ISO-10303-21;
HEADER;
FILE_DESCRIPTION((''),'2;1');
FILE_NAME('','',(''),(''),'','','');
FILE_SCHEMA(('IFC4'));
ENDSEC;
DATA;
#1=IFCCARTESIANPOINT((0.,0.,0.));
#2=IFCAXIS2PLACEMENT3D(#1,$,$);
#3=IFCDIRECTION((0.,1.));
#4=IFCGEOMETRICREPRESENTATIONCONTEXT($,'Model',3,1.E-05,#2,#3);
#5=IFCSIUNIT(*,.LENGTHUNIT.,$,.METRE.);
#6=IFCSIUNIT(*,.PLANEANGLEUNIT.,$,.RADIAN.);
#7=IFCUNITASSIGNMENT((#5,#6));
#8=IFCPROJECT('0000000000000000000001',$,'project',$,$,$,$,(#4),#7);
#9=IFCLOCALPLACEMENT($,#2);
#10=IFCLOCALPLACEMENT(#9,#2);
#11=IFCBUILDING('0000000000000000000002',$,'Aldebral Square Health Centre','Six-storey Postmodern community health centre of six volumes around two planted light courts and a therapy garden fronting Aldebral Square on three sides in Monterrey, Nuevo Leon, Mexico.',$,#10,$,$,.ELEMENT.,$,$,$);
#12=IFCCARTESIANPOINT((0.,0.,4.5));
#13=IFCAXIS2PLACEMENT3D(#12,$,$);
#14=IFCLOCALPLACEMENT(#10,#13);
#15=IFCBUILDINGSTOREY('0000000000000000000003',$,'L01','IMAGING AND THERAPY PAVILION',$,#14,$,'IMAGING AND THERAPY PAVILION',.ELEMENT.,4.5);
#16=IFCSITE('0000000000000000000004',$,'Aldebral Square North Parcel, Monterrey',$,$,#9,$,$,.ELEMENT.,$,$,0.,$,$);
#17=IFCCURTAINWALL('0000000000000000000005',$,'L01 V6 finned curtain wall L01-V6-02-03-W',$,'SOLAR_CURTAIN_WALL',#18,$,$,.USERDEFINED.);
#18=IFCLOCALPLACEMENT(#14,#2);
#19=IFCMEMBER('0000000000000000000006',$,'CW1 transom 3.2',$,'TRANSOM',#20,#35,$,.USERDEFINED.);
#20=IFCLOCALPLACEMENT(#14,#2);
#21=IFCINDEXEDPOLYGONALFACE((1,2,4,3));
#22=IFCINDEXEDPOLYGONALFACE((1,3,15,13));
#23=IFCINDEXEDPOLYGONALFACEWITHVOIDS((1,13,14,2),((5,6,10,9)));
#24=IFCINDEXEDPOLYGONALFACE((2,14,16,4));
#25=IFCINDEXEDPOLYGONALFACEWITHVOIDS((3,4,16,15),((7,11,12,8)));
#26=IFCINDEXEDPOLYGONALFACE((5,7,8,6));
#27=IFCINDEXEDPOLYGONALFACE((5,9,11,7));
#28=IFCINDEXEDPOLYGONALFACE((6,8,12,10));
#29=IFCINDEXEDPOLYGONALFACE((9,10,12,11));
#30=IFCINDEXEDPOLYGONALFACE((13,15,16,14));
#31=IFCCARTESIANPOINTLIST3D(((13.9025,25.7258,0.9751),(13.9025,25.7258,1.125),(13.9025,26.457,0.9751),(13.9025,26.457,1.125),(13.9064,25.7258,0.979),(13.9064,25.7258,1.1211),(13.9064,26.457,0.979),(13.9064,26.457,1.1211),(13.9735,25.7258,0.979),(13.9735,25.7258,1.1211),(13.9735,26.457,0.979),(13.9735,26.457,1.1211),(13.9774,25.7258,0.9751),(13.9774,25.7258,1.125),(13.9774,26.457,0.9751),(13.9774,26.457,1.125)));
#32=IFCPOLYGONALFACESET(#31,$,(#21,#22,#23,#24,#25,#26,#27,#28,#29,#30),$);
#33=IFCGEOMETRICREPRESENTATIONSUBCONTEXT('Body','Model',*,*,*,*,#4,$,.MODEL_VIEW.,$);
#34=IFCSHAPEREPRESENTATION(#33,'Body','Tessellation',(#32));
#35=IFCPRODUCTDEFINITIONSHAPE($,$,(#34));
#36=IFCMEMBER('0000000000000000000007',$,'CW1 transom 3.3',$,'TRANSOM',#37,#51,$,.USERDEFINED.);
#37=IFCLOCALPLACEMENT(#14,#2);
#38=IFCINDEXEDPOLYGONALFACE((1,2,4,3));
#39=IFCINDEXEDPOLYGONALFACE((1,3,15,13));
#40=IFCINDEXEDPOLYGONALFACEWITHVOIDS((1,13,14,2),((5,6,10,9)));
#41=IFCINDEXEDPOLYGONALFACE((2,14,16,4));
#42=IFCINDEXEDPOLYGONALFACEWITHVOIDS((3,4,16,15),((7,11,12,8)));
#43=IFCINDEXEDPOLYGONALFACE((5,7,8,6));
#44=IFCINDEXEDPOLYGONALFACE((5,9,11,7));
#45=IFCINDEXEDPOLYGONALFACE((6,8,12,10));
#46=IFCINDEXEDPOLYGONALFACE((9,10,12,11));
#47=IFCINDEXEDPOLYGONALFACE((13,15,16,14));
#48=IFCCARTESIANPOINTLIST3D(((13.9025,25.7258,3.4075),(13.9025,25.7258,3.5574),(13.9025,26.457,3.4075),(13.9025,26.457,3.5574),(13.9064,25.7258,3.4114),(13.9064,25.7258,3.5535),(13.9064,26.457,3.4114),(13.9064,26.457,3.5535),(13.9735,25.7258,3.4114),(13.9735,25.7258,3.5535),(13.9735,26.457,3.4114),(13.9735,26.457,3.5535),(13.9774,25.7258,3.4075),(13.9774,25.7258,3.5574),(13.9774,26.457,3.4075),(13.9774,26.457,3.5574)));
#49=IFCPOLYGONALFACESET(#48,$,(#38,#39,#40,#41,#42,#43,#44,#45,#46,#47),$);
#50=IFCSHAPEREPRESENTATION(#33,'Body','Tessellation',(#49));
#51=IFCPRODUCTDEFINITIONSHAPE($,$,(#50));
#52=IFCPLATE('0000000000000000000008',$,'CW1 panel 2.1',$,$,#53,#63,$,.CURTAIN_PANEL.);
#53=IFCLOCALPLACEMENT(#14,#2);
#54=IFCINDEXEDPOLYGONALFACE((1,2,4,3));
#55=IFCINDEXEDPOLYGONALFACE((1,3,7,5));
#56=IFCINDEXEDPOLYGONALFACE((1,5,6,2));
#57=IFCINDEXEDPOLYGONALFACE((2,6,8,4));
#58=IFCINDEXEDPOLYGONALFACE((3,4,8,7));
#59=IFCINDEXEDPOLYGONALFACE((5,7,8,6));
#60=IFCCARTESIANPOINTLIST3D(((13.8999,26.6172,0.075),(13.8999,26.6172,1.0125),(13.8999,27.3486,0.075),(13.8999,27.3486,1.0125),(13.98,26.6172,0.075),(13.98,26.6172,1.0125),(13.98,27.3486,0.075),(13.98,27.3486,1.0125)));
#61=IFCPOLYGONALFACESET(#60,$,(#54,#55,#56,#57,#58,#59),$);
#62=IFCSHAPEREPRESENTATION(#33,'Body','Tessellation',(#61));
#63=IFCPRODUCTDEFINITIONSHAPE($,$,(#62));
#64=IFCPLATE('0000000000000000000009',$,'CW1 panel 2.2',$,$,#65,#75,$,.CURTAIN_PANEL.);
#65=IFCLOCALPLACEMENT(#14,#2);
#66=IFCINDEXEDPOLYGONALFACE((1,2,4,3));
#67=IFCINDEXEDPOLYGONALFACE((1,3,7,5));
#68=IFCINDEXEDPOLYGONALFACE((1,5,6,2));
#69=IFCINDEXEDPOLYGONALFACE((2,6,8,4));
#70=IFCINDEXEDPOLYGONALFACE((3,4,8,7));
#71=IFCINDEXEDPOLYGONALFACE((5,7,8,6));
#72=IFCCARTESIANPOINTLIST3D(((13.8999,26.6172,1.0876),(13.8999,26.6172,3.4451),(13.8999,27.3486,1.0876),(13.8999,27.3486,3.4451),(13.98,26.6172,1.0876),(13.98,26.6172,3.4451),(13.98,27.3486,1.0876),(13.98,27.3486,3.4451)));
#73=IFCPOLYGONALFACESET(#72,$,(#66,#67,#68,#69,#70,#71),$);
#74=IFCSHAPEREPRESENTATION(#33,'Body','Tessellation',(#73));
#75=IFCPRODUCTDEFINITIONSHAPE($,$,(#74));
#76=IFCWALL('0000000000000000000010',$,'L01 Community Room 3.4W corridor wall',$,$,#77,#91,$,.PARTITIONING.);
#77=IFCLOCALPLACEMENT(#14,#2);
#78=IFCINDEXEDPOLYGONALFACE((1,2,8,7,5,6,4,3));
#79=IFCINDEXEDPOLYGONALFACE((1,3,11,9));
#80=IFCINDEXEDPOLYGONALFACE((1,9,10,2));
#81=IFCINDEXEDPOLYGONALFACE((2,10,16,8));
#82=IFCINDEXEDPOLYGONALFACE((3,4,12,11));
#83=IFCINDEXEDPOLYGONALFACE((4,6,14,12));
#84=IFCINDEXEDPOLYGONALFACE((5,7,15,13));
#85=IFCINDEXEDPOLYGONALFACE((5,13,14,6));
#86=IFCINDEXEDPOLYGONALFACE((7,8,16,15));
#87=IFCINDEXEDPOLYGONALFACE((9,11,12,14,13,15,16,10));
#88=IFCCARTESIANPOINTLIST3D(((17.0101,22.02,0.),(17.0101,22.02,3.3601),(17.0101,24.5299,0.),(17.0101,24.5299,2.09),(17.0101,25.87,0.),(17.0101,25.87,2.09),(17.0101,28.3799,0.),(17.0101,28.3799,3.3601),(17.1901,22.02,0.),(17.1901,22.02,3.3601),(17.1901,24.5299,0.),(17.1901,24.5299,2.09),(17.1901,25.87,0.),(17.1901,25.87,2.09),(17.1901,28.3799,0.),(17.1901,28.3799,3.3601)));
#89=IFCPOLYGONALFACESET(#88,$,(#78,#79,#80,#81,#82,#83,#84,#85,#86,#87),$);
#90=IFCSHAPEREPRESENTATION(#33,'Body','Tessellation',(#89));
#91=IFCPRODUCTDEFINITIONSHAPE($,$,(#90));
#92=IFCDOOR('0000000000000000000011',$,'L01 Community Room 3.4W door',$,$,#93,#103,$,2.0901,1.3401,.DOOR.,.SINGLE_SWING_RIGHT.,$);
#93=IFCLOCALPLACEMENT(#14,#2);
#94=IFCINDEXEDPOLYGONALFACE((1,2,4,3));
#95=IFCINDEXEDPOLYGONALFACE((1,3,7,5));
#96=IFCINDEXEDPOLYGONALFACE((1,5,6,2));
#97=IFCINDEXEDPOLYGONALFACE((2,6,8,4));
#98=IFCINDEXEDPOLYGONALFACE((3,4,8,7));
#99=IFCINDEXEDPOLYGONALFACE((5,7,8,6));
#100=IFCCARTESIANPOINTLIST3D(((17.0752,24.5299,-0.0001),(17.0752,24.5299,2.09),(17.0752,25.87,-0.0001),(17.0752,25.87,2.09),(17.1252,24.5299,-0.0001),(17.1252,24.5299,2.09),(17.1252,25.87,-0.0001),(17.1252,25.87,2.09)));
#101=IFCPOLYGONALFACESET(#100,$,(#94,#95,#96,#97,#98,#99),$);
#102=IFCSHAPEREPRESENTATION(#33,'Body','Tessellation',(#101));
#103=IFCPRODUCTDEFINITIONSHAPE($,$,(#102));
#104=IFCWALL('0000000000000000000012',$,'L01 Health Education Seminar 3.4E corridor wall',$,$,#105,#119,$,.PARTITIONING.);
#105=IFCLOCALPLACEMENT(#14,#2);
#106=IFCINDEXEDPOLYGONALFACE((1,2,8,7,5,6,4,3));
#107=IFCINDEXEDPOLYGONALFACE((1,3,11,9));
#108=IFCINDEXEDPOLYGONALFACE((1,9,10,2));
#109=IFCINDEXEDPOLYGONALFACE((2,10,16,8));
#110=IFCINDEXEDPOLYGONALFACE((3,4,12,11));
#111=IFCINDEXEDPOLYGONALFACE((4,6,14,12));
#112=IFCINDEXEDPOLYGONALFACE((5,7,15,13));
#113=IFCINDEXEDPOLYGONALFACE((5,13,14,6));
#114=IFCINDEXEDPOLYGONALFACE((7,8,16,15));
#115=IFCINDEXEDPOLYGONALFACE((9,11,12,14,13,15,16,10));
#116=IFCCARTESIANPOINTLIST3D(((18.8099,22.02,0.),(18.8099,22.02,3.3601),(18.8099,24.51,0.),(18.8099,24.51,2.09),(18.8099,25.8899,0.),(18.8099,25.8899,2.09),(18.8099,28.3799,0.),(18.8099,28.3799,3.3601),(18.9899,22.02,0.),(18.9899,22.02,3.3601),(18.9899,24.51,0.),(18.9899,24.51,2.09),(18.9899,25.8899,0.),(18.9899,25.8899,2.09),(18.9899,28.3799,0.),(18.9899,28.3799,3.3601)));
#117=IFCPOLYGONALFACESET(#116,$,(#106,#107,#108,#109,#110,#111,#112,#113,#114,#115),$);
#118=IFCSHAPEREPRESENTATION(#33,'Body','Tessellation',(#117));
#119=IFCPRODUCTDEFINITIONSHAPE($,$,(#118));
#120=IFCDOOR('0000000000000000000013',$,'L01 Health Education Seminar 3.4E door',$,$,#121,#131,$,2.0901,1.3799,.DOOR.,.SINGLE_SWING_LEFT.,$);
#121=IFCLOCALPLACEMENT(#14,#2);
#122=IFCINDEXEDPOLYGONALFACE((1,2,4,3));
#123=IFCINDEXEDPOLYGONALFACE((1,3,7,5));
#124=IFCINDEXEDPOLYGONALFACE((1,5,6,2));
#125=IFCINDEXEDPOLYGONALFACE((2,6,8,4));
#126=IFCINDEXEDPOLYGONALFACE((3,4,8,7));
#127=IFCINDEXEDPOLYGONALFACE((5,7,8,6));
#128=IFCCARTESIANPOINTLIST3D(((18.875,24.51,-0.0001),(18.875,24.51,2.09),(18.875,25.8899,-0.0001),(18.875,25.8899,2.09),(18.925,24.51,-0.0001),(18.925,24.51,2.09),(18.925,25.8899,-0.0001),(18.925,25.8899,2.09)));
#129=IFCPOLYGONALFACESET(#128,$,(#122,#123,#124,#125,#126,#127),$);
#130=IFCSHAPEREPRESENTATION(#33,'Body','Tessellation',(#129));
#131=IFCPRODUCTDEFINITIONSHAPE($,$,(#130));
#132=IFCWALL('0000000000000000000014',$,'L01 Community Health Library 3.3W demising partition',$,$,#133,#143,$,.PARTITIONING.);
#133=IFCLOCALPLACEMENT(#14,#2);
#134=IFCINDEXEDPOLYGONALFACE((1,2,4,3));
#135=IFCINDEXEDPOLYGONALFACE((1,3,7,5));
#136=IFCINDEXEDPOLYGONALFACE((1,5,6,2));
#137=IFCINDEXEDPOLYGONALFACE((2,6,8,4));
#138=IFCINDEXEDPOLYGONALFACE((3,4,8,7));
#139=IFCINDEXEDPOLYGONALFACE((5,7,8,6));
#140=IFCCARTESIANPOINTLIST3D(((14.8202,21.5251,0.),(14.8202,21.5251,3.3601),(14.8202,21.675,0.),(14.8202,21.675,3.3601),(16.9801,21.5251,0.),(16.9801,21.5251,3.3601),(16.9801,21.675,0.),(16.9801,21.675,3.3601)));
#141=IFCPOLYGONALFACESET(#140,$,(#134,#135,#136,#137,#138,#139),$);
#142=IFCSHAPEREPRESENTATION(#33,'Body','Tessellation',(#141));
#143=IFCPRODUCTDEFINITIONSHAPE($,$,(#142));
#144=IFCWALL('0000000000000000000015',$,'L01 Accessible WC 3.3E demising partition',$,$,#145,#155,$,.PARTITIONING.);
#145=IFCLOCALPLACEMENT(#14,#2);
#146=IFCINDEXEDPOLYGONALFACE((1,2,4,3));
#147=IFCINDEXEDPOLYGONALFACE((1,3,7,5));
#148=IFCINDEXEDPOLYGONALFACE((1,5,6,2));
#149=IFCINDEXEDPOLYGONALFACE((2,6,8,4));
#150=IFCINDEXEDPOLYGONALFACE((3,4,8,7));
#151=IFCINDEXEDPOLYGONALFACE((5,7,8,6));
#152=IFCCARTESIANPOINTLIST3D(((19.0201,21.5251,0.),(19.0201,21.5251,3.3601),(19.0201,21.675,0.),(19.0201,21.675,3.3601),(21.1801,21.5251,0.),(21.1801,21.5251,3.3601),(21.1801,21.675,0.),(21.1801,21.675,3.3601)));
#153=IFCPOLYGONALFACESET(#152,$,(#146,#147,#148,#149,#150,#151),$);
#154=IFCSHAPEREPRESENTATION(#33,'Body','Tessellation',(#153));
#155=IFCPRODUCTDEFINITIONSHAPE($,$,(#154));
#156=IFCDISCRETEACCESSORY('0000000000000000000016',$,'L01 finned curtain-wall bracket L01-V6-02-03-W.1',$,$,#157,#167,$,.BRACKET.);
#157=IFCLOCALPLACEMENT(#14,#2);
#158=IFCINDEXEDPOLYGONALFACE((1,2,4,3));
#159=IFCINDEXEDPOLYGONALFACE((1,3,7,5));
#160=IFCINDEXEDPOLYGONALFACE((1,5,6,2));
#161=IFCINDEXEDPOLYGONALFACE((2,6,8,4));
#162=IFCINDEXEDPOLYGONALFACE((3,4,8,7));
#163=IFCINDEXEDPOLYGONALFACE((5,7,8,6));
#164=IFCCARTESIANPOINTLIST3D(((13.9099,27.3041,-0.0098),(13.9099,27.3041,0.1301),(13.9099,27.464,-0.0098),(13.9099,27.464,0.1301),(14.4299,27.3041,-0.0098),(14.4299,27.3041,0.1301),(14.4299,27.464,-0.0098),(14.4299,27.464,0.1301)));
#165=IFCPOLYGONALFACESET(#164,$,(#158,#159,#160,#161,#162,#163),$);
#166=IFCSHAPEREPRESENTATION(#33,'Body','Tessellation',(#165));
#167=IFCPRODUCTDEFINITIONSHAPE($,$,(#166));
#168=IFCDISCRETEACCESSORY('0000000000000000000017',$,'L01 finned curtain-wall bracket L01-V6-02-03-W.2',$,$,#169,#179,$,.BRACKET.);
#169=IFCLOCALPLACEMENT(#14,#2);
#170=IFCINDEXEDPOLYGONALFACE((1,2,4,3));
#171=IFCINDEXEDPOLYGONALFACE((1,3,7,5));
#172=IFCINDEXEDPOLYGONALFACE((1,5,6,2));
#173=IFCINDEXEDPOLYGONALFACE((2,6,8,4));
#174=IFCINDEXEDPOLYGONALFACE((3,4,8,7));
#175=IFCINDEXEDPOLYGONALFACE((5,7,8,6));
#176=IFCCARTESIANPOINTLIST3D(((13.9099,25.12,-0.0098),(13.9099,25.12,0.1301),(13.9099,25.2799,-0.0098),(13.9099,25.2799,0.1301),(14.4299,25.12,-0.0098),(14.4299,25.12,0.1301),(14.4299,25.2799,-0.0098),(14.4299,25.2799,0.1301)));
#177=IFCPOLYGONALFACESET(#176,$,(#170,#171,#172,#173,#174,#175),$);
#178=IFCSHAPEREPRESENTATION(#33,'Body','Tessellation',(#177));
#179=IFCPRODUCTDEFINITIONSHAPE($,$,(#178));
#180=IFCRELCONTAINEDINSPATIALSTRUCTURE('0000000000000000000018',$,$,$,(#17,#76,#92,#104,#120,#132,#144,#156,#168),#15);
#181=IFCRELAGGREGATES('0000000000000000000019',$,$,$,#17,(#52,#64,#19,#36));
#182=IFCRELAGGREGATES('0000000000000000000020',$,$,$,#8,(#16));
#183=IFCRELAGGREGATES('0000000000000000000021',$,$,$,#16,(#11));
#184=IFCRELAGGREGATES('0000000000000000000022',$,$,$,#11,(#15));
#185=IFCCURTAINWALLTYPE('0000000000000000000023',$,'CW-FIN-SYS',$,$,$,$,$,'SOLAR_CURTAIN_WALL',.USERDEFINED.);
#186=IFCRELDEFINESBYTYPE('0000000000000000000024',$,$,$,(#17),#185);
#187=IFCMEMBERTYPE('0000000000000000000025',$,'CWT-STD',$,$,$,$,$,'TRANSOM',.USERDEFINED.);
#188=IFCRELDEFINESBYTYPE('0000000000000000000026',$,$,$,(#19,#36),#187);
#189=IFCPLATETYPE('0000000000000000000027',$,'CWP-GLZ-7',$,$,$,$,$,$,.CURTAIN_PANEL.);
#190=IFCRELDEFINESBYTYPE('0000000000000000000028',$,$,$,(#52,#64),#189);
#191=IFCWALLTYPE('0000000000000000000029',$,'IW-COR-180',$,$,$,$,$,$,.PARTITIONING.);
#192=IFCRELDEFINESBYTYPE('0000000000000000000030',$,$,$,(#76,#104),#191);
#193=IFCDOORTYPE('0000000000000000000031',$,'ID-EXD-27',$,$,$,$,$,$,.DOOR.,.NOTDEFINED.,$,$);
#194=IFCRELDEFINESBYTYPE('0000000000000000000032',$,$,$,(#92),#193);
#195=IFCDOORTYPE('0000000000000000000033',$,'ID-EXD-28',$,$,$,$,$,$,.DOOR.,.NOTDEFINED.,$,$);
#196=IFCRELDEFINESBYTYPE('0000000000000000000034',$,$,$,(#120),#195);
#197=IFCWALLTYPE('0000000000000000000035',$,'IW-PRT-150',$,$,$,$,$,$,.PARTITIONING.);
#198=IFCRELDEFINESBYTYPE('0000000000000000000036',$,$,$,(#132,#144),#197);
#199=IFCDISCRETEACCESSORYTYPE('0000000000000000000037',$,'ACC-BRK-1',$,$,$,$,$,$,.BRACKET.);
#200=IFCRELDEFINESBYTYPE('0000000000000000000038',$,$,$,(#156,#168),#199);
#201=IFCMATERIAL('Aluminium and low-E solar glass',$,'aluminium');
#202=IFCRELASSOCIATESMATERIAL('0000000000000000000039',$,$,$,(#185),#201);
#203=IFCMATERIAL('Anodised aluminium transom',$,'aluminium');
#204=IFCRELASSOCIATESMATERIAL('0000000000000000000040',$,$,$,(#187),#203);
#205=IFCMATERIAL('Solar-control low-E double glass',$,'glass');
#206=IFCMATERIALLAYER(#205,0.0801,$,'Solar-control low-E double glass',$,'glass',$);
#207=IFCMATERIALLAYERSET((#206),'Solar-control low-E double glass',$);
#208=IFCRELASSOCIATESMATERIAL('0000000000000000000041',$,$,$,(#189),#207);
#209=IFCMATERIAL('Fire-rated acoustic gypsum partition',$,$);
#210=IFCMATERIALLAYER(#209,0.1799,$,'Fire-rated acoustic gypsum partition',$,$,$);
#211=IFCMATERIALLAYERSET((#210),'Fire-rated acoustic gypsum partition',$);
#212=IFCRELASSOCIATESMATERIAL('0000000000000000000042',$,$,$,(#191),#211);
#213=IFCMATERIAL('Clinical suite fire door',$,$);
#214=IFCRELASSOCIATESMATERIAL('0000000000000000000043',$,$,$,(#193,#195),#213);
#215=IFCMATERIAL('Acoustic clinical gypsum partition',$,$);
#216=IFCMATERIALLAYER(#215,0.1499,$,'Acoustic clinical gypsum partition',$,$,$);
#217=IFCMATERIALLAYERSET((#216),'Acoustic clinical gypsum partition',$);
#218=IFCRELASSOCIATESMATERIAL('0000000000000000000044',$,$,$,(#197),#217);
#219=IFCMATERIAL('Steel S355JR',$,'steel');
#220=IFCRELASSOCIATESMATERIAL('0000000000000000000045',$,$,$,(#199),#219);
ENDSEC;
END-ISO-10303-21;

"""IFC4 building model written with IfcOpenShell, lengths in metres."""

from ifc_helpers import new_model, si_unit, direction, frame, frame_2d, origin, origin_2d, place, context, subcontext, project, spatial, rectangle, hollow_rectangle, extrude, material, layer, layer_set, material_profile, profile_set, type_object, element, fill, aggregate, save


model = new_model("IFC4")

# Units and contexts
model_context = context("Model", 3, precision=1e-05, world=origin(), true_north=direction((0.0, 1.0)))
body_context = subcontext(model_context, "Body", "Model", "MODEL_VIEW")
ifc_project = project(units=[si_unit("LENGTHUNIT", "METRE"), si_unit("PLANEANGLEUNIT", "RADIAN")], contexts=[model_context])

# Site, building, storey
site_placement = place(None, origin())
site = spatial("IfcSite", under=ifc_project, at=site_placement, Name="Aldebral Square North Parcel, Monterrey", CompositionType="ELEMENT", RefElevation=0.0)
building_placement = place(site_placement, origin())
building = spatial("IfcBuilding", under=site, at=building_placement, Name="Aldebral Square Health Centre", Description="Six-storey Postmodern community health centre of six volumes around two planted light courts and a therapy garden fronting Aldebral Square on three sides in Monterrey, Nuevo Leon, Mexico.", CompositionType="ELEMENT")
storey_placement = place(building_placement, frame((0.0, 0.0, 4.5)))
storey = spatial("IfcBuildingStorey", under=building, at=storey_placement, Name="L01", Description="IMAGING AND THERAPY PAVILION", LongName="IMAGING AND THERAPY PAVILION", CompositionType="ELEMENT", Elevation=4.5)

# Curtain wall, members, plates
ifc_material_1 = material(Name="Aluminium and low-E solar glass", Category="aluminium")
curtain_wall_type = type_object("IfcCurtainWallType", Name="CW-FIN-SYS", ElementType="SOLAR_CURTAIN_WALL", PredefinedType="USERDEFINED", material=ifc_material_1)
curtain_wall_placement = place(storey_placement, origin())
curtain_wall = element("IfcCurtainWall", 1, at=curtain_wall_placement, inside=storey, type_object=curtain_wall_type, Name="L01 V6 finned curtain wall L01-V6-02-03-W", ObjectType="SOLAR_CURTAIN_WALL", PredefinedType="USERDEFINED")
ifc_material_2 = material(Name="Anodised aluminium transom", Category="aluminium")
ifc_material_profile_1 = material_profile(ifc_material_2, hollow_rectangle(XDim=0.075, YDim=0.1499, WallThickness=0.0039, at=origin_2d()), Name="CWT 75x150x4")
ifc_profile_set_1 = profile_set([ifc_material_profile_1], Name="Anodised aluminium transom")
member_type_1 = type_object("IfcMemberType", Name="CWT-STD", ElementType="TRANSOM", PredefinedType="USERDEFINED", material=ifc_profile_set_1)
member_1_placement = place(storey_placement, frame((13.9399, 26.457, 1.05), z_axis=(0.0, -1.0, 0.0), x_axis=(1.0, 0.0, 0.0)))
member_1 = element("IfcMember", 2, at=member_1_placement, type_object=member_type_1, Name="CW1 transom 3.2", ObjectType="TRANSOM", PredefinedType="USERDEFINED", context=body_context, shape_type="SweptSolid", body=[
    extrude(hollow_rectangle(XDim=0.075, YDim=0.1499, WallThickness=0.0039, at=origin_2d()), origin(), (0.0, 0.0, 1.0), 0.7312),
])
member_2_placement = place(storey_placement, frame((13.9399, 26.457, 3.4824), z_axis=(0.0, -1.0, 0.0), x_axis=(1.0, 0.0, 0.0)))
member_2 = element("IfcMember", 3, at=member_2_placement, type_object=member_type_1, Name="CW1 transom 3.3", ObjectType="TRANSOM", PredefinedType="USERDEFINED", context=body_context, shape_type="SweptSolid", body=[
    extrude(hollow_rectangle(XDim=0.075, YDim=0.1499, WallThickness=0.0039, at=origin_2d()), origin(), (0.0, 0.0, 1.0), 0.7312),
])
ifc_material_3 = material(Name="Solar-control low-E double glass", Category="glass")
ifc_layer_1 = layer(ifc_material_3, 0.0801, Name="Solar-control low-E double glass", Category="glass")
ifc_layer_set_1 = layer_set([ifc_layer_1], Name="Solar-control low-E double glass")
plate_type = type_object("IfcPlateType", Name="CWP-GLZ-7", PredefinedType="CURTAIN_PANEL", material=ifc_layer_set_1)
plate_1_placement = place(storey_placement, frame((13.9399, 26.9829, 0.075), z_axis=(0.0, 0.0, 1.0), x_axis=(0.0, -1.0, 0.0)))
plate_1 = element("IfcPlate", 4, at=plate_1_placement, type_object=plate_type, Name="CW1 panel 2.1", PredefinedType="CURTAIN_PANEL", context=body_context, shape_type="SweptSolid", body=[
    extrude(rectangle(XDim=0.7314, YDim=0.0801, at=origin_2d()), origin(), (0.0, 0.0, 1.0), 0.9375),
])
plate_2_placement = place(storey_placement, frame((13.9399, 26.9829, 1.0876), z_axis=(0.0, 0.0, 1.0), x_axis=(0.0, -1.0, 0.0)))
plate_2 = element("IfcPlate", 5, at=plate_2_placement, type_object=plate_type, Name="CW1 panel 2.2", PredefinedType="CURTAIN_PANEL", context=body_context, shape_type="SweptSolid", body=[
    extrude(rectangle(XDim=0.7314, YDim=0.0801, at=origin_2d()), origin(), (0.0, 0.0, 1.0), 2.3574),
])
aggregate(curtain_wall, [plate_1, plate_2, member_1, member_2])

# Walls, openings, doors
ifc_material_4 = material(Name="Fire-rated acoustic gypsum partition")
ifc_layer_2 = layer(ifc_material_4, 0.1799, Name="Fire-rated acoustic gypsum partition")
ifc_layer_set_2 = layer_set([ifc_layer_2], Name="Fire-rated acoustic gypsum partition")
wall_type_1 = type_object("IfcWallType", Name="IW-COR-180", PredefinedType="PARTITIONING", material=ifc_layer_set_2)
wall_1_placement = place(storey_placement, frame((17.1001, 22.02, 0.0), z_axis=(0.0, 0.0, 1.0), x_axis=(0.0, 1.0, 0.0)))
wall_1 = element("IfcWall", 6, at=wall_1_placement, inside=storey, type_object=wall_type_1, Name="L01 Community Room 3.4W corridor wall", PredefinedType="PARTITIONING", context=body_context, shape_type="SweptSolid", body=[
    extrude(rectangle(XDim=6.3599, YDim=0.1799, at=frame_2d((3.1799, 0.0))), origin(), (0.0, 0.0, 1.0), 3.3601),
])
opening_1_placement = place(wall_1_placement, frame((2.51, 0.0, 0.0)))
opening_1 = element("IfcOpeningElement", 7, at=opening_1_placement, cuts=wall_1, PredefinedType="OPENING", context=body_context, shape_type="SweptSolid", body=[
    extrude(rectangle(XDim=1.3401, YDim=2.0901, at=frame_2d((0.6699, 1.0449))), frame((0.0, 0.1001, 0.0), z_axis=(0.0, -1.0, 0.0), x_axis=(1.0, 0.0, 0.0)), (0.0, 0.0, 1.0), 0.2),
])
ifc_material_5 = material(Name="Clinical suite fire door")
door_type_1 = type_object("IfcDoorType", Name="ID-EXD-27", OperationType="NOTDEFINED", PredefinedType="DOOR", material=ifc_material_5)
door_1_placement = place(opening_1_placement, origin())
door_1 = element("IfcDoor", 8, at=door_1_placement, inside=storey, type_object=door_type_1, Name="L01 Community Room 3.4W door", OperationType="SINGLE_SWING_RIGHT", OverallHeight=2.0901, OverallWidth=1.3401, PredefinedType="DOOR", context=body_context, shape_type="SweptSolid", body=[
    extrude(rectangle(XDim=1.3401, YDim=2.0901, at=frame_2d((0.6699, 1.0449))), frame((0.0, 0.0249, 0.0), z_axis=(0.0, -1.0, 0.0), x_axis=(1.0, 0.0, 0.0)), (0.0, 0.0, 1.0), 0.05),
])
fill(opening_1, door_1)
wall_2_placement = place(storey_placement, frame((18.8999, 22.02, 0.0), z_axis=(0.0, 0.0, 1.0), x_axis=(0.0, 1.0, 0.0)))
wall_2 = element("IfcWall", 9, at=wall_2_placement, inside=storey, type_object=wall_type_1, Name="L01 Health Education Seminar 3.4E corridor wall", PredefinedType="PARTITIONING", context=body_context, shape_type="SweptSolid", body=[
    extrude(rectangle(XDim=6.3599, YDim=0.1799, at=frame_2d((3.1799, 0.0))), origin(), (0.0, 0.0, 1.0), 3.3601),
])
opening_2_placement = place(wall_2_placement, frame((2.49, 0.0, 0.0)))
opening_2 = element("IfcOpeningElement", 10, at=opening_2_placement, cuts=wall_2, PredefinedType="OPENING", context=body_context, shape_type="SweptSolid", body=[
    extrude(rectangle(XDim=1.3799, YDim=2.0901, at=frame_2d((0.6899, 1.0449))), frame((0.0, 0.1001, 0.0), z_axis=(0.0, -1.0, 0.0), x_axis=(1.0, 0.0, 0.0)), (0.0, 0.0, 1.0), 0.2),
])
door_type_2 = type_object("IfcDoorType", Name="ID-EXD-28", OperationType="NOTDEFINED", PredefinedType="DOOR", material=ifc_material_5)
door_2_placement = place(opening_2_placement, origin())
door_2 = element("IfcDoor", 11, at=door_2_placement, inside=storey, type_object=door_type_2, Name="L01 Health Education Seminar 3.4E door", OperationType="SINGLE_SWING_LEFT", OverallHeight=2.0901, OverallWidth=1.3799, PredefinedType="DOOR", context=body_context, shape_type="SweptSolid", body=[
    extrude(rectangle(XDim=1.3799, YDim=2.0901, at=frame_2d((0.6899, 1.0449))), frame((0.0, 0.0249, 0.0), z_axis=(0.0, -1.0, 0.0), x_axis=(1.0, 0.0, 0.0)), (0.0, 0.0, 1.0), 0.05),
])
fill(opening_2, door_2)

# Walls
ifc_material_6 = material(Name="Acoustic clinical gypsum partition")
ifc_layer_3 = layer(ifc_material_6, 0.1499, Name="Acoustic clinical gypsum partition")
ifc_layer_set_3 = layer_set([ifc_layer_3], Name="Acoustic clinical gypsum partition")
wall_type_2 = type_object("IfcWallType", Name="IW-PRT-150", PredefinedType="PARTITIONING", material=ifc_layer_set_3)
for number, where, z_axis, x_axis, name in (
    (12, (14.8201, 21.6001, 0.0), (0.0, 0.0, 1.0), (1.0, 0.0, 0.0), "L01 Community Health Library 3.3W demising partition"),
    (13, (19.02, 21.6001, 0.0), (0.0, 0.0, 1.0), (1.0, 0.0, 0.0), "L01 Accessible WC 3.3E demising partition"),
):
    element("IfcWall", number, at=place(storey_placement, frame(where, z_axis=z_axis, x_axis=x_axis)), inside=storey, type_object=wall_type_2, Name=name, PredefinedType="PARTITIONING", context=body_context, shape_type="SweptSolid", body=[
        extrude(rectangle(XDim=2.1599, YDim=0.1499, at=frame_2d((1.0801, 0.0))), origin(), (0.0, 0.0, 1.0), 3.3601),
    ])

# Discrete accessories
ifc_material_7 = material(Name="Steel S355JR", Category="steel")
discrete_accessory_type = type_object("IfcDiscreteAccessoryType", Name="ACC-BRK-1", PredefinedType="BRACKET", material=ifc_material_7)
for number, where, z_axis, x_axis, name in (
    (14, (14.1699, 27.384, -0.0098), (0.0, 0.0, 1.0), (0.0, 1.0, 0.0), "L01 finned curtain-wall bracket L01-V6-02-03-W.1"),
    (15, (14.1699, 25.2, -0.0098), (0.0, 0.0, 1.0), (0.0, 1.0, 0.0), "L01 finned curtain-wall bracket L01-V6-02-03-W.2"),
):
    element("IfcDiscreteAccessory", number, at=place(storey_placement, frame(where, z_axis=z_axis, x_axis=x_axis)), inside=storey, type_object=discrete_accessory_type, Name=name, PredefinedType="BRACKET", context=body_context, shape_type="SweptSolid", body=[
        extrude(rectangle(XDim=0.1599, YDim=0.52, at=origin_2d()), origin(), (0.0, 0.0, 1.0), 0.1399),
    ])

save(model, "model.ifc")
